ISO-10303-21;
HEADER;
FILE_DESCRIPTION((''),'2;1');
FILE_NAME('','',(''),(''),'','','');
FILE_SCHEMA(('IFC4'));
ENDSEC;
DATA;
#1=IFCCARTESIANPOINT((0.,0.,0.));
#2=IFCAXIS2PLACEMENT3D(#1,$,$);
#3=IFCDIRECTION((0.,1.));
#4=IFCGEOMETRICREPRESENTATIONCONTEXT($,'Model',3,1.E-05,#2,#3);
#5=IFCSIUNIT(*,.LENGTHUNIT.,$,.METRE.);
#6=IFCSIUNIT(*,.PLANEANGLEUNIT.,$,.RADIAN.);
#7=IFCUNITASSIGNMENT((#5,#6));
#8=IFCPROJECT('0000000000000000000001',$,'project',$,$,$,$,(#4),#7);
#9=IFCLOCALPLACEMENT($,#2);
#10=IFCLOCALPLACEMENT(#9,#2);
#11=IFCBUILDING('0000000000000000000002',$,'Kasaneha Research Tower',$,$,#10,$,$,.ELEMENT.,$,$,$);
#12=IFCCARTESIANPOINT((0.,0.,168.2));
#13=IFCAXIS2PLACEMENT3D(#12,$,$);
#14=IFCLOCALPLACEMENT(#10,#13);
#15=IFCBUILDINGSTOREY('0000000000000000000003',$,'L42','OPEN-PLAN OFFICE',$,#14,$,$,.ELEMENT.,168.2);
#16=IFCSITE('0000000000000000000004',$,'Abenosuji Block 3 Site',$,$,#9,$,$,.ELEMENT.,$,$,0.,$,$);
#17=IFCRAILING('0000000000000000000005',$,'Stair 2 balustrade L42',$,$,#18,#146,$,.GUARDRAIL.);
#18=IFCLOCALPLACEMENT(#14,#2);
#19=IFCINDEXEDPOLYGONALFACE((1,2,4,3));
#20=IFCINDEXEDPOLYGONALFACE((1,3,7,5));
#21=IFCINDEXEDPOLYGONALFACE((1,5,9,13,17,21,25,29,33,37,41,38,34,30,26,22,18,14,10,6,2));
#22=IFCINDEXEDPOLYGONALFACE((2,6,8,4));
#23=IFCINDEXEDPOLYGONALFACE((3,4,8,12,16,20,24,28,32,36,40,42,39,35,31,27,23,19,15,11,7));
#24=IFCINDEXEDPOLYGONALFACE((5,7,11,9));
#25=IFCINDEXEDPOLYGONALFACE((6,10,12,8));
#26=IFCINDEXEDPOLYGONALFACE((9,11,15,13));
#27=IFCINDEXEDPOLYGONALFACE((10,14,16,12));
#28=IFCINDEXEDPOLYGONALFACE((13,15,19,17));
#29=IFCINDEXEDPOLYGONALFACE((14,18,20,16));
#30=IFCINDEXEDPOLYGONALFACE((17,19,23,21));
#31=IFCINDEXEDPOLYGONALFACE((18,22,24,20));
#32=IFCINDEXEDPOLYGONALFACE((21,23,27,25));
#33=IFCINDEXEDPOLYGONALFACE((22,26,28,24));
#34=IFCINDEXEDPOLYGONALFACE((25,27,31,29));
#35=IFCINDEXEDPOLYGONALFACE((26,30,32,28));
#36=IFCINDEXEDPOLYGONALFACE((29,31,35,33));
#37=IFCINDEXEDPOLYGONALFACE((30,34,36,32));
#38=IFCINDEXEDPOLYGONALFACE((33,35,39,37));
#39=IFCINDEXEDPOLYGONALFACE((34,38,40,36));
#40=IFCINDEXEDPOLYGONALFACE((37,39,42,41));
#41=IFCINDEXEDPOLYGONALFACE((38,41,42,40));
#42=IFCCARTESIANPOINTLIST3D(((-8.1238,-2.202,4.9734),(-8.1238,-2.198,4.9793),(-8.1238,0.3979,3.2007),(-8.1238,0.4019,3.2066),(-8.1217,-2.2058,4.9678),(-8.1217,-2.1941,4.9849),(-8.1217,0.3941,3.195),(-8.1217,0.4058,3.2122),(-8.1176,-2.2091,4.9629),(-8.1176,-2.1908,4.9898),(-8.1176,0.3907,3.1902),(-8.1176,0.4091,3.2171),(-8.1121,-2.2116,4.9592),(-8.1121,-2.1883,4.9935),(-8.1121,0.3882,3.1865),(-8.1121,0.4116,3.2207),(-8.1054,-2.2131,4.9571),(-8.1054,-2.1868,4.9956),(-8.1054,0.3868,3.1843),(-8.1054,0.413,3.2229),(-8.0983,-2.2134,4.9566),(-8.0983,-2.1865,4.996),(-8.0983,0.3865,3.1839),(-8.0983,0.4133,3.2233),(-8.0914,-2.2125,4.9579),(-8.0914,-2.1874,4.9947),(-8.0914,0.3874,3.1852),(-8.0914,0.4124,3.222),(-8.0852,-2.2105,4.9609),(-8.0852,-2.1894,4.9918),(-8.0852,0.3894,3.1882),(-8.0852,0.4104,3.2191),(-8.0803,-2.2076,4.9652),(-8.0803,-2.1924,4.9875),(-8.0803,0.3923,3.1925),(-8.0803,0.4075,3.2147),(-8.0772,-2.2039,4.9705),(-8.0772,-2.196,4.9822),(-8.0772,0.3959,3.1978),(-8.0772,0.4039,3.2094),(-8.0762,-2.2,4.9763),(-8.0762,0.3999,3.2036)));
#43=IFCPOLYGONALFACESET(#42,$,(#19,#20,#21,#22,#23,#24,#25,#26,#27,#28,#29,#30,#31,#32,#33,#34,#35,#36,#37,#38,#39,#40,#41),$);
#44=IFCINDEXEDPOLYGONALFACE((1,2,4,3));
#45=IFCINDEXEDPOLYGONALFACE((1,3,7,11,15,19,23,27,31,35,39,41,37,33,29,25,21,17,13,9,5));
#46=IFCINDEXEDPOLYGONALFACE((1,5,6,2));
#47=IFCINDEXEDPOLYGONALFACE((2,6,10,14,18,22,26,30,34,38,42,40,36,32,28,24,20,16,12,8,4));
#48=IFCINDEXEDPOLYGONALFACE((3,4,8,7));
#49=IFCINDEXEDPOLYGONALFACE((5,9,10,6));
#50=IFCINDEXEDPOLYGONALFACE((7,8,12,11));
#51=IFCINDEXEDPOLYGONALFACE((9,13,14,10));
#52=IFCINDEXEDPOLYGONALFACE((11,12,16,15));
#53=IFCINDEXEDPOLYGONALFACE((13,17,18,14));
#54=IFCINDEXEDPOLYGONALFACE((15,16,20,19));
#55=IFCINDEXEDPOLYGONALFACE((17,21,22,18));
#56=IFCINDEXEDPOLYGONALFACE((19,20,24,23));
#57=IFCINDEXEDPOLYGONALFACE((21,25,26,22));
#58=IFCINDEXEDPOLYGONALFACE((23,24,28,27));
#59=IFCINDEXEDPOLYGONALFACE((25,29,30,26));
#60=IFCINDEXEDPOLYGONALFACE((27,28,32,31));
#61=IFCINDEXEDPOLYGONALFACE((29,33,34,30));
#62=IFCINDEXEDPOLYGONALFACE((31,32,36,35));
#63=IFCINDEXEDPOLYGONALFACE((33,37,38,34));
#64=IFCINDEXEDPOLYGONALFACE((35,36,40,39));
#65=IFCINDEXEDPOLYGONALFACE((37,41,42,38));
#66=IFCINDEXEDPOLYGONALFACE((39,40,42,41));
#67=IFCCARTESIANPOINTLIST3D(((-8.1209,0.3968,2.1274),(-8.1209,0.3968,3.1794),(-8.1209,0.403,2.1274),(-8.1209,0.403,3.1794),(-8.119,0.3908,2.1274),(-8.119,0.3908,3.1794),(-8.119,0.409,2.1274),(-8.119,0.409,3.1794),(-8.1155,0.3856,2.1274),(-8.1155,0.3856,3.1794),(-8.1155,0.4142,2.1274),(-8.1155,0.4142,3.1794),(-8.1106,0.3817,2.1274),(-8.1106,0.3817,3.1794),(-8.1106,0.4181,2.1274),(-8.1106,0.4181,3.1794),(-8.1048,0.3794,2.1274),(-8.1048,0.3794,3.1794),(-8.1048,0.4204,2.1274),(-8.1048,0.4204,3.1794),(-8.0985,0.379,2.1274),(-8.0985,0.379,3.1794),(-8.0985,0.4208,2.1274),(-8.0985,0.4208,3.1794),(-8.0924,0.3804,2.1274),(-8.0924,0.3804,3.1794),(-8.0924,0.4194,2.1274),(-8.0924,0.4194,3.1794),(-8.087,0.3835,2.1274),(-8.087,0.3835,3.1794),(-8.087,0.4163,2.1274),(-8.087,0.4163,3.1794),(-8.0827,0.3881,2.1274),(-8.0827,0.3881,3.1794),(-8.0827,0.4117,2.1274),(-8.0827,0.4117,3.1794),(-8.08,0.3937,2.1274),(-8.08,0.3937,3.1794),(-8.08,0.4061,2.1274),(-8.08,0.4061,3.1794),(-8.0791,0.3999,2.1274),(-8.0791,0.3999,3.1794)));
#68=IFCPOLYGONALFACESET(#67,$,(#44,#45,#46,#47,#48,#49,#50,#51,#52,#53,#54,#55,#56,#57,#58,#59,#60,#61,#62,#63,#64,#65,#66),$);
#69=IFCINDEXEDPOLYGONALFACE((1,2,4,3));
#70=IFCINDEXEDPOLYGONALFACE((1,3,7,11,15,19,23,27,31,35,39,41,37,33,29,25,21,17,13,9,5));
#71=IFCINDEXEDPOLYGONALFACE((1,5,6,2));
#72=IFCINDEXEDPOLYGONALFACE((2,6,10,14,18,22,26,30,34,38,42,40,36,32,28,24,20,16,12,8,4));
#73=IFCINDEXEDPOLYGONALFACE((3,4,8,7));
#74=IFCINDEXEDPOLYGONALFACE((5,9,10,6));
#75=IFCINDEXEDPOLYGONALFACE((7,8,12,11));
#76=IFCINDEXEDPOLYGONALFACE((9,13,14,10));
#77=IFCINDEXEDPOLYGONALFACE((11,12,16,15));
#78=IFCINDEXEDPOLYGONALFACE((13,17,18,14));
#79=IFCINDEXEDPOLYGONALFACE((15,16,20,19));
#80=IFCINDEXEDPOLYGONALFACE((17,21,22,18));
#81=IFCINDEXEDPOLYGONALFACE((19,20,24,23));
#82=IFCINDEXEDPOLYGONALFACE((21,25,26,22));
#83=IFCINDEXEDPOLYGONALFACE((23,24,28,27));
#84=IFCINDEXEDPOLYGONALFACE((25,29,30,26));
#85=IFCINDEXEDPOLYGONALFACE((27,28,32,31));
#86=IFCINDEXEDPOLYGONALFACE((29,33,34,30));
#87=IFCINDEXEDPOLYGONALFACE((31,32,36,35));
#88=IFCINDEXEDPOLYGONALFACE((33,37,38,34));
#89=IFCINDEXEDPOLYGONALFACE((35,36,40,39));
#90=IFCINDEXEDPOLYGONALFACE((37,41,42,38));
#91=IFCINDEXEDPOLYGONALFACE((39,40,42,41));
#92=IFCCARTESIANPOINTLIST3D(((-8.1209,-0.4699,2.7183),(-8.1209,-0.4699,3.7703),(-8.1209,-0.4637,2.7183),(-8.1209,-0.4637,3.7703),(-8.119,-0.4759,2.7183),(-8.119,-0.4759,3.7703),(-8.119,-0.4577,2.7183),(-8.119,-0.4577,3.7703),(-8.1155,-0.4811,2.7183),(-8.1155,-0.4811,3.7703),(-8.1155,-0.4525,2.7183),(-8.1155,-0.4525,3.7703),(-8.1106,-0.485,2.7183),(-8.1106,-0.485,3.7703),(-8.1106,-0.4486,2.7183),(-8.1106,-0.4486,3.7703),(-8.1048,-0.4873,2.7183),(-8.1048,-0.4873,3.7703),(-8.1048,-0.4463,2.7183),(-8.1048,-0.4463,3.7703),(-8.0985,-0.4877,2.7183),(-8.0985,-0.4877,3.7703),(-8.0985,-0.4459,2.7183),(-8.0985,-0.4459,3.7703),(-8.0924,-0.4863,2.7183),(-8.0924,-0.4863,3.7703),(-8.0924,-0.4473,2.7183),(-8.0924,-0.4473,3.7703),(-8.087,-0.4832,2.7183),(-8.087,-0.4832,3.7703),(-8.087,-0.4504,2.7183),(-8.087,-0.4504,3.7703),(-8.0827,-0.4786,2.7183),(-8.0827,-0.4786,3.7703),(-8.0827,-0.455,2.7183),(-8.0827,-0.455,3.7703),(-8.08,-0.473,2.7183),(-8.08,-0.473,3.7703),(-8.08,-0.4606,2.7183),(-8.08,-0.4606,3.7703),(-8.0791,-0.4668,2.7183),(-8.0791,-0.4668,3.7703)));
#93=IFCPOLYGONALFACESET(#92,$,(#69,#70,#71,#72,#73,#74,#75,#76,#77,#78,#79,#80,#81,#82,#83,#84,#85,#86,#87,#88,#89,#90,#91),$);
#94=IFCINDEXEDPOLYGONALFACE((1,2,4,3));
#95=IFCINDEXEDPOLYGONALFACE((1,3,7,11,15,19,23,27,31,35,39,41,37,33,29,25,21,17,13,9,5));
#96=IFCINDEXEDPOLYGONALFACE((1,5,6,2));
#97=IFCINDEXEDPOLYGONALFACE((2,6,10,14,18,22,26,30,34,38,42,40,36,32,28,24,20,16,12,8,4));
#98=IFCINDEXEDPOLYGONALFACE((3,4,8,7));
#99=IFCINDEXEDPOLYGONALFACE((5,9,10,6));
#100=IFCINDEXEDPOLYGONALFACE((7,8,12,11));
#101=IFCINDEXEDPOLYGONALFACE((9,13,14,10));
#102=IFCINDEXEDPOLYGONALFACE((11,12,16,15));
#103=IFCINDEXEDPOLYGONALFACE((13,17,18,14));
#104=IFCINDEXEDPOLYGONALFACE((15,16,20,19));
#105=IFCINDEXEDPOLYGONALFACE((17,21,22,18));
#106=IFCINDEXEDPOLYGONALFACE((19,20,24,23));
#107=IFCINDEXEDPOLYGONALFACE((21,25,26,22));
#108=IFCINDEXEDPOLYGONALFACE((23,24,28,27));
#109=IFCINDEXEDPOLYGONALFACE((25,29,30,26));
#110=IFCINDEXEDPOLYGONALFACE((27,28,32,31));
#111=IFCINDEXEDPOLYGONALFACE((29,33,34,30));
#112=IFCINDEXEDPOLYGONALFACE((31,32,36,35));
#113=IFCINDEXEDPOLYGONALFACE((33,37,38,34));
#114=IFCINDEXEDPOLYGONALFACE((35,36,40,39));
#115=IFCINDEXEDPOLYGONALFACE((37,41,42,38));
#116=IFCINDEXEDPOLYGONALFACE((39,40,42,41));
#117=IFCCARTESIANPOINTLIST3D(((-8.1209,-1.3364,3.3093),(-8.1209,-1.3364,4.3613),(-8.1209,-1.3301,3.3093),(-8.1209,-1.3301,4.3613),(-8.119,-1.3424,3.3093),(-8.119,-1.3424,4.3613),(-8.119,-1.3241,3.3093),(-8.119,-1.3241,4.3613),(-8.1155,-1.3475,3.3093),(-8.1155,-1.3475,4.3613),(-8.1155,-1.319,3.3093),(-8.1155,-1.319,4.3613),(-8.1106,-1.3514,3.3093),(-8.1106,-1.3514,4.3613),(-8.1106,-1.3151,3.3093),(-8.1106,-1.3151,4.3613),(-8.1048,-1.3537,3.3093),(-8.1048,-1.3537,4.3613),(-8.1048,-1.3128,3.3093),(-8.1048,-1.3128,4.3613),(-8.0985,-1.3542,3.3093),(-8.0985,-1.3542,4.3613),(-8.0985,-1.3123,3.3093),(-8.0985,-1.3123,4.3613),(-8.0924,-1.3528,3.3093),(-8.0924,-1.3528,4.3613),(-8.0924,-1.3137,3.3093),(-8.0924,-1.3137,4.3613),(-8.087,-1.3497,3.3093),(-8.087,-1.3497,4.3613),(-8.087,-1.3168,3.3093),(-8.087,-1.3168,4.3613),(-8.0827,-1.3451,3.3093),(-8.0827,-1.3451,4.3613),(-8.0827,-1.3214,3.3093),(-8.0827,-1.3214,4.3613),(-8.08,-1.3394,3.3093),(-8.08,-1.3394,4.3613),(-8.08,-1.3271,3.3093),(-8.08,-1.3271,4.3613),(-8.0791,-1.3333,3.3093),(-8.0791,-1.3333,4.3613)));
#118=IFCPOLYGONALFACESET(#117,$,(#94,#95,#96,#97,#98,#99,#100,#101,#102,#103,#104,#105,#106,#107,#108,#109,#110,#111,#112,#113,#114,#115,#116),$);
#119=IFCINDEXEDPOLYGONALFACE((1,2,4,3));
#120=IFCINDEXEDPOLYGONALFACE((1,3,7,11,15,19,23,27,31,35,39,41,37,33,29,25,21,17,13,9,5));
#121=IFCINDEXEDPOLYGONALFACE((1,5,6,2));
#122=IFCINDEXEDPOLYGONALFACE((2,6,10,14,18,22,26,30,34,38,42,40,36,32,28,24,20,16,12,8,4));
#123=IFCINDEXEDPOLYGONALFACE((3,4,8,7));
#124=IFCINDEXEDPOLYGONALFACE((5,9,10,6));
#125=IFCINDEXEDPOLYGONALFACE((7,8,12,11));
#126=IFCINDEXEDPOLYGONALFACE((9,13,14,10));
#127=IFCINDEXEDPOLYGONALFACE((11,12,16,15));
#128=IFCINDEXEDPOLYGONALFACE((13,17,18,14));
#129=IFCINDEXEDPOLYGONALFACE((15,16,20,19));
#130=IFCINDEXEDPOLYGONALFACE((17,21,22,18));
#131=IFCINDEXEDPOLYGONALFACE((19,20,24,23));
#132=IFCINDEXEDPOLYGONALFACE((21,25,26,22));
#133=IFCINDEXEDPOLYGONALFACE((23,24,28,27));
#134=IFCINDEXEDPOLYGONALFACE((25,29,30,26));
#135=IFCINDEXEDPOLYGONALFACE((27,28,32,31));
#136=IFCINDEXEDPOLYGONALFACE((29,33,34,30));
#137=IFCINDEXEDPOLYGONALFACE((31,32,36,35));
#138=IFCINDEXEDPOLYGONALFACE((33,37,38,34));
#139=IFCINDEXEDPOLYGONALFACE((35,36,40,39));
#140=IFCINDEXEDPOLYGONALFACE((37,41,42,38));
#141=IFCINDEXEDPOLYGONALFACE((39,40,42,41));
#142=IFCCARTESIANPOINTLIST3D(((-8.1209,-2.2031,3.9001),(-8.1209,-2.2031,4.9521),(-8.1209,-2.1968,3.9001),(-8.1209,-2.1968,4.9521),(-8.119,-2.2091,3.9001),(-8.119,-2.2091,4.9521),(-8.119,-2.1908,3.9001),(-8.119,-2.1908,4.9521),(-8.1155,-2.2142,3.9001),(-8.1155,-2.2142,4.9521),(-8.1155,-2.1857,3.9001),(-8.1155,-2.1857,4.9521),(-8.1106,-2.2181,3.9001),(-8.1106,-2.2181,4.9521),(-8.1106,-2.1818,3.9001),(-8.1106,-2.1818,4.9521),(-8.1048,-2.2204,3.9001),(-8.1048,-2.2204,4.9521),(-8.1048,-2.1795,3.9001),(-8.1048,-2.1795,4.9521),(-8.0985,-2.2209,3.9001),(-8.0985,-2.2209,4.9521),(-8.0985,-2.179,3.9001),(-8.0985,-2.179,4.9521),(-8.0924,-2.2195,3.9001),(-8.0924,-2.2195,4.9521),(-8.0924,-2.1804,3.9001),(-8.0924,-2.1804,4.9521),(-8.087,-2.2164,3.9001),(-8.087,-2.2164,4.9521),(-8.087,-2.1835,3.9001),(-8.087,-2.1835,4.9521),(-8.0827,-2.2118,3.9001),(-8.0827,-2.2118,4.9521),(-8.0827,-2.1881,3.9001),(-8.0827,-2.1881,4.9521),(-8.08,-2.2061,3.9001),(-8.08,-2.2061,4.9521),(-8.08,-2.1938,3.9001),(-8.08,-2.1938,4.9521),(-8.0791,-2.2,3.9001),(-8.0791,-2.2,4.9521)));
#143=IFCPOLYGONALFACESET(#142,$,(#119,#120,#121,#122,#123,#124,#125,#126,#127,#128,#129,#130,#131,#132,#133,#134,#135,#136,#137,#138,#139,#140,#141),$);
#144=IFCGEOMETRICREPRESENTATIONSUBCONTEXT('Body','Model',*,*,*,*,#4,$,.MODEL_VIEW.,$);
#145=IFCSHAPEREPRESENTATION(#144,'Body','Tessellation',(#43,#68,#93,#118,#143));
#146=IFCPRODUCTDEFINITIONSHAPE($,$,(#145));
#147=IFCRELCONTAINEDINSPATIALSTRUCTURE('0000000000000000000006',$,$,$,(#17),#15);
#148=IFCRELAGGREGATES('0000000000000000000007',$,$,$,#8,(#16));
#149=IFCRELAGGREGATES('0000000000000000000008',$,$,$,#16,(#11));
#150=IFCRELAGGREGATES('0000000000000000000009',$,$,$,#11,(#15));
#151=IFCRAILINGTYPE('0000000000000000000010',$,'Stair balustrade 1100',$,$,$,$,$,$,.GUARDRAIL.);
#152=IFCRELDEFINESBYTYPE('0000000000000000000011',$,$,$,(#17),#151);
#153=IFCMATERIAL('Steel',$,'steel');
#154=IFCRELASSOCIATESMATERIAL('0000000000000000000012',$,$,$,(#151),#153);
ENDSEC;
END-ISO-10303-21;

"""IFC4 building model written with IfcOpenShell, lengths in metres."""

from ifc_helpers import new_model, si_unit, direction, frame, origin, origin_2d, place, context, subcontext, project, spatial, circle, extrude, material, type_object, element, save


model = new_model("IFC4")

# Units and contexts
model_context = context("Model", 3, precision=1e-05, world=origin(), true_north=direction((0.0, 1.0)))
body_context = subcontext(model_context, "Body", "Model", "MODEL_VIEW")
ifc_project = project(units=[si_unit("LENGTHUNIT", "METRE"), si_unit("PLANEANGLEUNIT", "RADIAN")], contexts=[model_context])

# Site, building, storey
site_placement = place(None, origin())
site = spatial("IfcSite", under=ifc_project, at=site_placement, Name="Abenosuji Block 3 Site", CompositionType="ELEMENT", RefElevation=0.0)
building_placement = place(site_placement, origin())
building = spatial("IfcBuilding", under=site, at=building_placement, Name="Kasaneha Research Tower", CompositionType="ELEMENT")
storey_placement = place(building_placement, frame((0.0, 0.0, 168.2)))
storey = spatial("IfcBuildingStorey", under=building, at=storey_placement, Name="L42", Description="OPEN-PLAN OFFICE", CompositionType="ELEMENT", Elevation=168.2)

# Railing
ifc_material_1 = material(Name="Steel", Category="steel")
railing_type_1 = type_object("IfcRailingType", Name="Stair balustrade 1100", PredefinedType="GUARDRAIL", material=ifc_material_1)
railing_1_placement = place(storey_placement, frame((-8.1001, 0.3999, 2.1274)))
element("IfcRailing", 1, at=railing_1_placement, inside=storey, type_object=railing_type_1, Name="Stair 2 balustrade L42", PredefinedType="GUARDRAIL", context=body_context, shape_type="SweptSolid", body=[
    extrude(circle(Radius=0.0239, at=origin_2d()), frame((0.0, 0.0, 1.0762), z_axis=(0.0, -0.826216, 0.563354), x_axis=(1.0, 0.0, 0.0)), (0.0, 0.0, 1.0), 3.1467),
    extrude(circle(Radius=0.021, at=origin_2d()), origin(), (0.0, 0.0, 1.0), 1.052),
    extrude(circle(Radius=0.021, at=origin_2d()), frame((0.0, -0.8667, 0.5908)), (0.0, 0.0, 1.0), 1.052),
    extrude(circle(Radius=0.021, at=origin_2d()), frame((0.0, -1.7332, 1.1819)), (0.0, 0.0, 1.0), 1.052),
    extrude(circle(Radius=0.021, at=origin_2d()), frame((0.0, -2.5999, 1.7727)), (0.0, 0.0, 1.0), 1.052),
])

save(model, "model.ifc")
